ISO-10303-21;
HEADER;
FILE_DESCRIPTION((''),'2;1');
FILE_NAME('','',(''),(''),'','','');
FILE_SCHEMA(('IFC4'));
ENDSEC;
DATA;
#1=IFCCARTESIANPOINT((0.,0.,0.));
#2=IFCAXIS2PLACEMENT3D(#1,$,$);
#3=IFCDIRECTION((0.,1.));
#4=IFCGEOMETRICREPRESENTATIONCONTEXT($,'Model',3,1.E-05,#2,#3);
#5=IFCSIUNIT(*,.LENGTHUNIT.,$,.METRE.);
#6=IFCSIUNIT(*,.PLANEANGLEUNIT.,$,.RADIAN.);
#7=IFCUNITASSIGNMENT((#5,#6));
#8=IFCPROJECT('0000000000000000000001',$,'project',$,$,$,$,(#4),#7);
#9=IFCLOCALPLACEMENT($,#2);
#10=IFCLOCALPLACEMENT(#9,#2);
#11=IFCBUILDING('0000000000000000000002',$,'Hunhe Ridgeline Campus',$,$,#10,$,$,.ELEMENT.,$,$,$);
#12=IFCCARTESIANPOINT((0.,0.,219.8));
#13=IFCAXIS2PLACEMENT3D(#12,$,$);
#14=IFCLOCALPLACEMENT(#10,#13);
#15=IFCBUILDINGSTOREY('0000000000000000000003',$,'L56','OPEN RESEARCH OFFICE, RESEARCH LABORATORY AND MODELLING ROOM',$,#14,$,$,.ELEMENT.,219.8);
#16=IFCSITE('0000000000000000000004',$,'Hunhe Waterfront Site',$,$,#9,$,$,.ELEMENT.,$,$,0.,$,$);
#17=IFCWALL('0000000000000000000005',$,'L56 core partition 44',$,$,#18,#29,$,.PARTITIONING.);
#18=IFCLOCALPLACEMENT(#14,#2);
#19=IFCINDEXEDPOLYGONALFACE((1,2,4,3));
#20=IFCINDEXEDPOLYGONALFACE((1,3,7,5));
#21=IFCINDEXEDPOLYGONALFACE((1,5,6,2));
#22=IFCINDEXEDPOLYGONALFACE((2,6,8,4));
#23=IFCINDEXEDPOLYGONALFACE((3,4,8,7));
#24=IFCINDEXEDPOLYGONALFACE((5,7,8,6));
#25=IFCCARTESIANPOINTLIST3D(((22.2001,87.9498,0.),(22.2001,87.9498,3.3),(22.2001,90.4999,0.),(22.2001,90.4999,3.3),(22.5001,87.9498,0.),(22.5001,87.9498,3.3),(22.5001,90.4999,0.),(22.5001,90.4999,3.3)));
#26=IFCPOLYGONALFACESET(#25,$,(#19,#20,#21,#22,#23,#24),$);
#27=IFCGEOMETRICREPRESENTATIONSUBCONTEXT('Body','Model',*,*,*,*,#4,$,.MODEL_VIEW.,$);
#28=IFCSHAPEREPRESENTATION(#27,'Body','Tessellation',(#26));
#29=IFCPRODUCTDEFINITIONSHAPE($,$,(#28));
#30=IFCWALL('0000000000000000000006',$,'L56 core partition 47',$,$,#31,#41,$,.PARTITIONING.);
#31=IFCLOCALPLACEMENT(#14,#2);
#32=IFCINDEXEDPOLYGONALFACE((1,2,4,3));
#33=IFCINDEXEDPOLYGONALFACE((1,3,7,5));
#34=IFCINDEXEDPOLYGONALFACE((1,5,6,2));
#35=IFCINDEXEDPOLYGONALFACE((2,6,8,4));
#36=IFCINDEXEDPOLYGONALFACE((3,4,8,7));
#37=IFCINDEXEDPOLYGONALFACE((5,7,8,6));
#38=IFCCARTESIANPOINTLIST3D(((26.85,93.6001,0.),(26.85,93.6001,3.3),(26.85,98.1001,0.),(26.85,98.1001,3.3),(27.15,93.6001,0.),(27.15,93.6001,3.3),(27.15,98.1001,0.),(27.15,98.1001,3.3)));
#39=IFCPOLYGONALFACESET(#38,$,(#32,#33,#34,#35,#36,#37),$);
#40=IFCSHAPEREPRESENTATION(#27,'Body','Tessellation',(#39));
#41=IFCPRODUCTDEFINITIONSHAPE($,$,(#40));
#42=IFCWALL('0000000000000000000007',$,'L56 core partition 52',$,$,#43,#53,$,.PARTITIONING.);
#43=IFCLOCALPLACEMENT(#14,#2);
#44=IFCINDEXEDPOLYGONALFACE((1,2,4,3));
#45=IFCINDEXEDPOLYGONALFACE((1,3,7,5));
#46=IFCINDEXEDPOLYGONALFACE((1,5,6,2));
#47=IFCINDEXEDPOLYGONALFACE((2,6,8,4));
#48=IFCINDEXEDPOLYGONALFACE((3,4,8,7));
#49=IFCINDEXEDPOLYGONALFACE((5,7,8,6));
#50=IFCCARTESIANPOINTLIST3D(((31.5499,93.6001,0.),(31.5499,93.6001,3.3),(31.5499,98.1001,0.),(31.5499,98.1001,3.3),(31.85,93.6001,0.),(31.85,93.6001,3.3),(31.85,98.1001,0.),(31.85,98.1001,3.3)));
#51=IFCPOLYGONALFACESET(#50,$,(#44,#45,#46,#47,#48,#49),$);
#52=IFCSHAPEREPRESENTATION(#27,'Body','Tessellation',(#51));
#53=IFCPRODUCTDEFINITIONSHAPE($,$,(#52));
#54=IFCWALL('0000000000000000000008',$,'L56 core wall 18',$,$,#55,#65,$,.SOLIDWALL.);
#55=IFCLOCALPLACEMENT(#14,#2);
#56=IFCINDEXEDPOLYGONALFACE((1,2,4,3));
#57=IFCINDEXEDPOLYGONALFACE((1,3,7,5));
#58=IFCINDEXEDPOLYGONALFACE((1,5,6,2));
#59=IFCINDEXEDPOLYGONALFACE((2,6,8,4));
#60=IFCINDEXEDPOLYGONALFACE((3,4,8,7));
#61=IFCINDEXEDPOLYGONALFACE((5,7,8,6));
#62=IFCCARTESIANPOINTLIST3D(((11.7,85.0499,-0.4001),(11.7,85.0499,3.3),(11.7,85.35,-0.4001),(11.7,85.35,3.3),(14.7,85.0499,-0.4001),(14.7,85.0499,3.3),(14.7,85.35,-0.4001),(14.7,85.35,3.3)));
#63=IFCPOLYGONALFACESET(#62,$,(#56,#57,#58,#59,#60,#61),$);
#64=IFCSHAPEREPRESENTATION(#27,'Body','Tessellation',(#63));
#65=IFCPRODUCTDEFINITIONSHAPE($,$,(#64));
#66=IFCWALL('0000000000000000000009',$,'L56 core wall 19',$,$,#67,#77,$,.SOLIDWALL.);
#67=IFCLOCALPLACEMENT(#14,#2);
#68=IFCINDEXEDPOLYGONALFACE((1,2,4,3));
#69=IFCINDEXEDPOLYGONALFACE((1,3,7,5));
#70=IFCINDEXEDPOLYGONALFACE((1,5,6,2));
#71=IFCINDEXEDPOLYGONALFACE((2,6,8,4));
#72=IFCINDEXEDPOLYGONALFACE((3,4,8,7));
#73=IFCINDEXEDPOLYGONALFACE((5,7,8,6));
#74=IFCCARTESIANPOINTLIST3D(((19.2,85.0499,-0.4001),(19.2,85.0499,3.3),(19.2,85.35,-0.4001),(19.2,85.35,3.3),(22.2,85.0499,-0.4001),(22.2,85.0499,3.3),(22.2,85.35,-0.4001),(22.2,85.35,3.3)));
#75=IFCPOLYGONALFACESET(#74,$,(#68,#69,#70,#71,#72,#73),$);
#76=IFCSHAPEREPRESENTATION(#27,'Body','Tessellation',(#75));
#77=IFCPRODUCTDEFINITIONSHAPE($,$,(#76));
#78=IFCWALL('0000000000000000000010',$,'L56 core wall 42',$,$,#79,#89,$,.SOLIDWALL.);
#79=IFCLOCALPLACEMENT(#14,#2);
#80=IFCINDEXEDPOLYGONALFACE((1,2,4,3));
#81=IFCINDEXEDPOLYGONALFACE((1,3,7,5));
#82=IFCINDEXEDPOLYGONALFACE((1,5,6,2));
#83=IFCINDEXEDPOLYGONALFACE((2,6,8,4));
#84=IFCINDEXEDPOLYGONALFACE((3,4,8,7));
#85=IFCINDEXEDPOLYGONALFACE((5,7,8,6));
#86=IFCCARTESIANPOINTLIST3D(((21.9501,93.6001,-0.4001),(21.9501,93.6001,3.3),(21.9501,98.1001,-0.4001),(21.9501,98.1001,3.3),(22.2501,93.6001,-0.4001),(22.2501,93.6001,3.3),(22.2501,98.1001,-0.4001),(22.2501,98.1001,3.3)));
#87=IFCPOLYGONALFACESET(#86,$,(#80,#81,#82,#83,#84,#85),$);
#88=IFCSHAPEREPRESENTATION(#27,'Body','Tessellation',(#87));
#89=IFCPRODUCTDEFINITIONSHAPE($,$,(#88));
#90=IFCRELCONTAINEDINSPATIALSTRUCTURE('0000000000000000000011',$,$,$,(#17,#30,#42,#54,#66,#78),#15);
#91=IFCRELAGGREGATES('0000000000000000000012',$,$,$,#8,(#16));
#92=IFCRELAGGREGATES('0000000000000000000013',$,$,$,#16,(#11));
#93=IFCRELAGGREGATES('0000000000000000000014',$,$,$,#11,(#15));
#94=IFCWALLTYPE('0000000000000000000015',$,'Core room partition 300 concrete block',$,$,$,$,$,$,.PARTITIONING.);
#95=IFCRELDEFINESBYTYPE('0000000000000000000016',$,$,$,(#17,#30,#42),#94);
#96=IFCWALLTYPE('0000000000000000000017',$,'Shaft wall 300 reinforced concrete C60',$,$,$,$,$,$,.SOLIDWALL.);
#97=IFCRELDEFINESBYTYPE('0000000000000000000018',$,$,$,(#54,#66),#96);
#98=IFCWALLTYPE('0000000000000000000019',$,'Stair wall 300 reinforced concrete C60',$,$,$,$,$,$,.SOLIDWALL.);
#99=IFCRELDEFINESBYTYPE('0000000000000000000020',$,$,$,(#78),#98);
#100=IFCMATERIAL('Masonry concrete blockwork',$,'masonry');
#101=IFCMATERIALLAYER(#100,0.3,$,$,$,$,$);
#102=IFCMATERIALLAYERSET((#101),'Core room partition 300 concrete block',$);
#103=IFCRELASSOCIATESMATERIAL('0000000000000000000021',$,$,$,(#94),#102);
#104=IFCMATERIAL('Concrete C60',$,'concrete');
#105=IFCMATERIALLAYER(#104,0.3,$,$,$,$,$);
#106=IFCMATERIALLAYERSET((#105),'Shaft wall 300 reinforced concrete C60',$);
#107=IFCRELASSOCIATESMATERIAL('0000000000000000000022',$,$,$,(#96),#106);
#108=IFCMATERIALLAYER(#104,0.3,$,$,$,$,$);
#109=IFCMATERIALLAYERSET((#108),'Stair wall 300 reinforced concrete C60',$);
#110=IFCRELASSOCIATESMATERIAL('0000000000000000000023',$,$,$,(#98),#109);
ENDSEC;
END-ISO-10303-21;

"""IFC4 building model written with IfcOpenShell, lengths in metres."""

from ifc_helpers import new_model, si_unit, direction, frame, frame_2d, origin, place, context, subcontext, project, spatial, rectangle, extrude, material, layer, layer_set, type_object, element, save


model = new_model("IFC4")

# Units and contexts
model_context = context("Model", 3, precision=1e-05, world=origin(), true_north=direction((0.0, 1.0)))
body_context = subcontext(model_context, "Body", "Model", "MODEL_VIEW")
ifc_project = project(units=[si_unit("LENGTHUNIT", "METRE"), si_unit("PLANEANGLEUNIT", "RADIAN")], contexts=[model_context])

# Site, building, storey
site_placement = place(None, origin())
site = spatial("IfcSite", under=ifc_project, at=site_placement, Name="Hunhe Waterfront Site", CompositionType="ELEMENT", RefElevation=0.0)
building_placement = place(site_placement, origin())
building = spatial("IfcBuilding", under=site, at=building_placement, Name="Hunhe Ridgeline Campus", CompositionType="ELEMENT")
storey_placement = place(building_placement, frame((0.0, 0.0, 219.8)))
storey = spatial("IfcBuildingStorey", under=building, at=storey_placement, Name="L56", Description="OPEN RESEARCH OFFICE, RESEARCH LABORATORY AND MODELLING ROOM", CompositionType="ELEMENT", Elevation=219.8)

# Walls
ifc_material_1 = material(Name="Masonry concrete blockwork", Category="masonry")
ifc_layer_1 = layer(ifc_material_1, 0.3)
ifc_layer_set_1 = layer_set([ifc_layer_1], Name="Core room partition 300 concrete block")
wall_type_1 = type_object("IfcWallType", Name="Core room partition 300 concrete block", PredefinedType="PARTITIONING", material=ifc_layer_set_1)
wall_1_placement = place(storey_placement, frame((22.3501, 87.95, 0.0), z_axis=(0.0, 0.0, 1.0), x_axis=(0.0, 1.0, 0.0)))
element("IfcWall", 1, at=wall_1_placement, inside=storey, type_object=wall_type_1, Name="L56 core partition 44", PredefinedType="PARTITIONING", context=body_context, shape_type="SweptSolid", body=[
    extrude(rectangle(XDim=2.55, YDim=0.3, at=frame_2d((1.2749, 0.0))), origin(), (0.0, 0.0, 1.0), 3.3),
])
for number, where, z_axis, x_axis, name in (
    (2, (27.0, 93.6001, 0.0), (0.0, 0.0, 1.0), (0.0, 1.0, 0.0), "L56 core partition 47"),
    (3, (31.7, 93.6001, 0.0), (0.0, 0.0, 1.0), (0.0, 1.0, 0.0), "L56 core partition 52"),
):
    element("IfcWall", number, at=place(storey_placement, frame(where, z_axis=z_axis, x_axis=x_axis)), inside=storey, type_object=wall_type_1, Name=name, PredefinedType="PARTITIONING", context=body_context, shape_type="SweptSolid", body=[
        extrude(rectangle(XDim=4.5, YDim=0.3, at=frame_2d((2.25, 0.0))), origin(), (0.0, 0.0, 1.0), 3.3),
    ])
ifc_material_2 = material(Name="Concrete C60", Category="concrete")
ifc_layer_2 = layer(ifc_material_2, 0.3)
ifc_layer_set_2 = layer_set([ifc_layer_2], Name="Shaft wall 300 reinforced concrete C60")
wall_type_2 = type_object("IfcWallType", Name="Shaft wall 300 reinforced concrete C60", PredefinedType="SOLIDWALL", material=ifc_layer_set_2)
for number, where, z_axis, x_axis, name in (
    (4, (11.7, 85.2, -0.4001), (0.0, 0.0, 1.0), (1.0, 0.0, 0.0), "L56 core wall 18"),
    (5, (19.2, 85.2, -0.4001), (0.0, 0.0, 1.0), (1.0, 0.0, 0.0), "L56 core wall 19"),
):
    element("IfcWall", number, at=place(storey_placement, frame(where, z_axis=z_axis, x_axis=x_axis)), inside=storey, type_object=wall_type_2, Name=name, PredefinedType="SOLIDWALL", context=body_context, shape_type="SweptSolid", body=[
        extrude(rectangle(XDim=3.0, YDim=0.3, at=frame_2d((1.5, 0.0))), origin(), (0.0, 0.0, 1.0), 3.7002),
    ])

# Shared definitions
ifc_layer_3 = layer(ifc_material_2, 0.3)
ifc_layer_set_3 = layer_set([ifc_layer_3], Name="Stair wall 300 reinforced concrete C60")
wall_type_3 = type_object("IfcWallType", Name="Stair wall 300 reinforced concrete C60", PredefinedType="SOLIDWALL", material=ifc_layer_set_3)

# Wall
wall_2_placement = place(storey_placement, frame((22.1001, 93.6001, -0.4001), z_axis=(0.0, 0.0, 1.0), x_axis=(0.0, 1.0, 0.0)))
element("IfcWall", 6, at=wall_2_placement, inside=storey, type_object=wall_type_3, Name="L56 core wall 42", PredefinedType="SOLIDWALL", context=body_context, shape_type="SweptSolid", body=[
    extrude(rectangle(XDim=4.5, YDim=0.3, at=frame_2d((2.25, 0.0))), origin(), (0.0, 0.0, 1.0), 3.7002),
])

save(model, "model.ifc")
